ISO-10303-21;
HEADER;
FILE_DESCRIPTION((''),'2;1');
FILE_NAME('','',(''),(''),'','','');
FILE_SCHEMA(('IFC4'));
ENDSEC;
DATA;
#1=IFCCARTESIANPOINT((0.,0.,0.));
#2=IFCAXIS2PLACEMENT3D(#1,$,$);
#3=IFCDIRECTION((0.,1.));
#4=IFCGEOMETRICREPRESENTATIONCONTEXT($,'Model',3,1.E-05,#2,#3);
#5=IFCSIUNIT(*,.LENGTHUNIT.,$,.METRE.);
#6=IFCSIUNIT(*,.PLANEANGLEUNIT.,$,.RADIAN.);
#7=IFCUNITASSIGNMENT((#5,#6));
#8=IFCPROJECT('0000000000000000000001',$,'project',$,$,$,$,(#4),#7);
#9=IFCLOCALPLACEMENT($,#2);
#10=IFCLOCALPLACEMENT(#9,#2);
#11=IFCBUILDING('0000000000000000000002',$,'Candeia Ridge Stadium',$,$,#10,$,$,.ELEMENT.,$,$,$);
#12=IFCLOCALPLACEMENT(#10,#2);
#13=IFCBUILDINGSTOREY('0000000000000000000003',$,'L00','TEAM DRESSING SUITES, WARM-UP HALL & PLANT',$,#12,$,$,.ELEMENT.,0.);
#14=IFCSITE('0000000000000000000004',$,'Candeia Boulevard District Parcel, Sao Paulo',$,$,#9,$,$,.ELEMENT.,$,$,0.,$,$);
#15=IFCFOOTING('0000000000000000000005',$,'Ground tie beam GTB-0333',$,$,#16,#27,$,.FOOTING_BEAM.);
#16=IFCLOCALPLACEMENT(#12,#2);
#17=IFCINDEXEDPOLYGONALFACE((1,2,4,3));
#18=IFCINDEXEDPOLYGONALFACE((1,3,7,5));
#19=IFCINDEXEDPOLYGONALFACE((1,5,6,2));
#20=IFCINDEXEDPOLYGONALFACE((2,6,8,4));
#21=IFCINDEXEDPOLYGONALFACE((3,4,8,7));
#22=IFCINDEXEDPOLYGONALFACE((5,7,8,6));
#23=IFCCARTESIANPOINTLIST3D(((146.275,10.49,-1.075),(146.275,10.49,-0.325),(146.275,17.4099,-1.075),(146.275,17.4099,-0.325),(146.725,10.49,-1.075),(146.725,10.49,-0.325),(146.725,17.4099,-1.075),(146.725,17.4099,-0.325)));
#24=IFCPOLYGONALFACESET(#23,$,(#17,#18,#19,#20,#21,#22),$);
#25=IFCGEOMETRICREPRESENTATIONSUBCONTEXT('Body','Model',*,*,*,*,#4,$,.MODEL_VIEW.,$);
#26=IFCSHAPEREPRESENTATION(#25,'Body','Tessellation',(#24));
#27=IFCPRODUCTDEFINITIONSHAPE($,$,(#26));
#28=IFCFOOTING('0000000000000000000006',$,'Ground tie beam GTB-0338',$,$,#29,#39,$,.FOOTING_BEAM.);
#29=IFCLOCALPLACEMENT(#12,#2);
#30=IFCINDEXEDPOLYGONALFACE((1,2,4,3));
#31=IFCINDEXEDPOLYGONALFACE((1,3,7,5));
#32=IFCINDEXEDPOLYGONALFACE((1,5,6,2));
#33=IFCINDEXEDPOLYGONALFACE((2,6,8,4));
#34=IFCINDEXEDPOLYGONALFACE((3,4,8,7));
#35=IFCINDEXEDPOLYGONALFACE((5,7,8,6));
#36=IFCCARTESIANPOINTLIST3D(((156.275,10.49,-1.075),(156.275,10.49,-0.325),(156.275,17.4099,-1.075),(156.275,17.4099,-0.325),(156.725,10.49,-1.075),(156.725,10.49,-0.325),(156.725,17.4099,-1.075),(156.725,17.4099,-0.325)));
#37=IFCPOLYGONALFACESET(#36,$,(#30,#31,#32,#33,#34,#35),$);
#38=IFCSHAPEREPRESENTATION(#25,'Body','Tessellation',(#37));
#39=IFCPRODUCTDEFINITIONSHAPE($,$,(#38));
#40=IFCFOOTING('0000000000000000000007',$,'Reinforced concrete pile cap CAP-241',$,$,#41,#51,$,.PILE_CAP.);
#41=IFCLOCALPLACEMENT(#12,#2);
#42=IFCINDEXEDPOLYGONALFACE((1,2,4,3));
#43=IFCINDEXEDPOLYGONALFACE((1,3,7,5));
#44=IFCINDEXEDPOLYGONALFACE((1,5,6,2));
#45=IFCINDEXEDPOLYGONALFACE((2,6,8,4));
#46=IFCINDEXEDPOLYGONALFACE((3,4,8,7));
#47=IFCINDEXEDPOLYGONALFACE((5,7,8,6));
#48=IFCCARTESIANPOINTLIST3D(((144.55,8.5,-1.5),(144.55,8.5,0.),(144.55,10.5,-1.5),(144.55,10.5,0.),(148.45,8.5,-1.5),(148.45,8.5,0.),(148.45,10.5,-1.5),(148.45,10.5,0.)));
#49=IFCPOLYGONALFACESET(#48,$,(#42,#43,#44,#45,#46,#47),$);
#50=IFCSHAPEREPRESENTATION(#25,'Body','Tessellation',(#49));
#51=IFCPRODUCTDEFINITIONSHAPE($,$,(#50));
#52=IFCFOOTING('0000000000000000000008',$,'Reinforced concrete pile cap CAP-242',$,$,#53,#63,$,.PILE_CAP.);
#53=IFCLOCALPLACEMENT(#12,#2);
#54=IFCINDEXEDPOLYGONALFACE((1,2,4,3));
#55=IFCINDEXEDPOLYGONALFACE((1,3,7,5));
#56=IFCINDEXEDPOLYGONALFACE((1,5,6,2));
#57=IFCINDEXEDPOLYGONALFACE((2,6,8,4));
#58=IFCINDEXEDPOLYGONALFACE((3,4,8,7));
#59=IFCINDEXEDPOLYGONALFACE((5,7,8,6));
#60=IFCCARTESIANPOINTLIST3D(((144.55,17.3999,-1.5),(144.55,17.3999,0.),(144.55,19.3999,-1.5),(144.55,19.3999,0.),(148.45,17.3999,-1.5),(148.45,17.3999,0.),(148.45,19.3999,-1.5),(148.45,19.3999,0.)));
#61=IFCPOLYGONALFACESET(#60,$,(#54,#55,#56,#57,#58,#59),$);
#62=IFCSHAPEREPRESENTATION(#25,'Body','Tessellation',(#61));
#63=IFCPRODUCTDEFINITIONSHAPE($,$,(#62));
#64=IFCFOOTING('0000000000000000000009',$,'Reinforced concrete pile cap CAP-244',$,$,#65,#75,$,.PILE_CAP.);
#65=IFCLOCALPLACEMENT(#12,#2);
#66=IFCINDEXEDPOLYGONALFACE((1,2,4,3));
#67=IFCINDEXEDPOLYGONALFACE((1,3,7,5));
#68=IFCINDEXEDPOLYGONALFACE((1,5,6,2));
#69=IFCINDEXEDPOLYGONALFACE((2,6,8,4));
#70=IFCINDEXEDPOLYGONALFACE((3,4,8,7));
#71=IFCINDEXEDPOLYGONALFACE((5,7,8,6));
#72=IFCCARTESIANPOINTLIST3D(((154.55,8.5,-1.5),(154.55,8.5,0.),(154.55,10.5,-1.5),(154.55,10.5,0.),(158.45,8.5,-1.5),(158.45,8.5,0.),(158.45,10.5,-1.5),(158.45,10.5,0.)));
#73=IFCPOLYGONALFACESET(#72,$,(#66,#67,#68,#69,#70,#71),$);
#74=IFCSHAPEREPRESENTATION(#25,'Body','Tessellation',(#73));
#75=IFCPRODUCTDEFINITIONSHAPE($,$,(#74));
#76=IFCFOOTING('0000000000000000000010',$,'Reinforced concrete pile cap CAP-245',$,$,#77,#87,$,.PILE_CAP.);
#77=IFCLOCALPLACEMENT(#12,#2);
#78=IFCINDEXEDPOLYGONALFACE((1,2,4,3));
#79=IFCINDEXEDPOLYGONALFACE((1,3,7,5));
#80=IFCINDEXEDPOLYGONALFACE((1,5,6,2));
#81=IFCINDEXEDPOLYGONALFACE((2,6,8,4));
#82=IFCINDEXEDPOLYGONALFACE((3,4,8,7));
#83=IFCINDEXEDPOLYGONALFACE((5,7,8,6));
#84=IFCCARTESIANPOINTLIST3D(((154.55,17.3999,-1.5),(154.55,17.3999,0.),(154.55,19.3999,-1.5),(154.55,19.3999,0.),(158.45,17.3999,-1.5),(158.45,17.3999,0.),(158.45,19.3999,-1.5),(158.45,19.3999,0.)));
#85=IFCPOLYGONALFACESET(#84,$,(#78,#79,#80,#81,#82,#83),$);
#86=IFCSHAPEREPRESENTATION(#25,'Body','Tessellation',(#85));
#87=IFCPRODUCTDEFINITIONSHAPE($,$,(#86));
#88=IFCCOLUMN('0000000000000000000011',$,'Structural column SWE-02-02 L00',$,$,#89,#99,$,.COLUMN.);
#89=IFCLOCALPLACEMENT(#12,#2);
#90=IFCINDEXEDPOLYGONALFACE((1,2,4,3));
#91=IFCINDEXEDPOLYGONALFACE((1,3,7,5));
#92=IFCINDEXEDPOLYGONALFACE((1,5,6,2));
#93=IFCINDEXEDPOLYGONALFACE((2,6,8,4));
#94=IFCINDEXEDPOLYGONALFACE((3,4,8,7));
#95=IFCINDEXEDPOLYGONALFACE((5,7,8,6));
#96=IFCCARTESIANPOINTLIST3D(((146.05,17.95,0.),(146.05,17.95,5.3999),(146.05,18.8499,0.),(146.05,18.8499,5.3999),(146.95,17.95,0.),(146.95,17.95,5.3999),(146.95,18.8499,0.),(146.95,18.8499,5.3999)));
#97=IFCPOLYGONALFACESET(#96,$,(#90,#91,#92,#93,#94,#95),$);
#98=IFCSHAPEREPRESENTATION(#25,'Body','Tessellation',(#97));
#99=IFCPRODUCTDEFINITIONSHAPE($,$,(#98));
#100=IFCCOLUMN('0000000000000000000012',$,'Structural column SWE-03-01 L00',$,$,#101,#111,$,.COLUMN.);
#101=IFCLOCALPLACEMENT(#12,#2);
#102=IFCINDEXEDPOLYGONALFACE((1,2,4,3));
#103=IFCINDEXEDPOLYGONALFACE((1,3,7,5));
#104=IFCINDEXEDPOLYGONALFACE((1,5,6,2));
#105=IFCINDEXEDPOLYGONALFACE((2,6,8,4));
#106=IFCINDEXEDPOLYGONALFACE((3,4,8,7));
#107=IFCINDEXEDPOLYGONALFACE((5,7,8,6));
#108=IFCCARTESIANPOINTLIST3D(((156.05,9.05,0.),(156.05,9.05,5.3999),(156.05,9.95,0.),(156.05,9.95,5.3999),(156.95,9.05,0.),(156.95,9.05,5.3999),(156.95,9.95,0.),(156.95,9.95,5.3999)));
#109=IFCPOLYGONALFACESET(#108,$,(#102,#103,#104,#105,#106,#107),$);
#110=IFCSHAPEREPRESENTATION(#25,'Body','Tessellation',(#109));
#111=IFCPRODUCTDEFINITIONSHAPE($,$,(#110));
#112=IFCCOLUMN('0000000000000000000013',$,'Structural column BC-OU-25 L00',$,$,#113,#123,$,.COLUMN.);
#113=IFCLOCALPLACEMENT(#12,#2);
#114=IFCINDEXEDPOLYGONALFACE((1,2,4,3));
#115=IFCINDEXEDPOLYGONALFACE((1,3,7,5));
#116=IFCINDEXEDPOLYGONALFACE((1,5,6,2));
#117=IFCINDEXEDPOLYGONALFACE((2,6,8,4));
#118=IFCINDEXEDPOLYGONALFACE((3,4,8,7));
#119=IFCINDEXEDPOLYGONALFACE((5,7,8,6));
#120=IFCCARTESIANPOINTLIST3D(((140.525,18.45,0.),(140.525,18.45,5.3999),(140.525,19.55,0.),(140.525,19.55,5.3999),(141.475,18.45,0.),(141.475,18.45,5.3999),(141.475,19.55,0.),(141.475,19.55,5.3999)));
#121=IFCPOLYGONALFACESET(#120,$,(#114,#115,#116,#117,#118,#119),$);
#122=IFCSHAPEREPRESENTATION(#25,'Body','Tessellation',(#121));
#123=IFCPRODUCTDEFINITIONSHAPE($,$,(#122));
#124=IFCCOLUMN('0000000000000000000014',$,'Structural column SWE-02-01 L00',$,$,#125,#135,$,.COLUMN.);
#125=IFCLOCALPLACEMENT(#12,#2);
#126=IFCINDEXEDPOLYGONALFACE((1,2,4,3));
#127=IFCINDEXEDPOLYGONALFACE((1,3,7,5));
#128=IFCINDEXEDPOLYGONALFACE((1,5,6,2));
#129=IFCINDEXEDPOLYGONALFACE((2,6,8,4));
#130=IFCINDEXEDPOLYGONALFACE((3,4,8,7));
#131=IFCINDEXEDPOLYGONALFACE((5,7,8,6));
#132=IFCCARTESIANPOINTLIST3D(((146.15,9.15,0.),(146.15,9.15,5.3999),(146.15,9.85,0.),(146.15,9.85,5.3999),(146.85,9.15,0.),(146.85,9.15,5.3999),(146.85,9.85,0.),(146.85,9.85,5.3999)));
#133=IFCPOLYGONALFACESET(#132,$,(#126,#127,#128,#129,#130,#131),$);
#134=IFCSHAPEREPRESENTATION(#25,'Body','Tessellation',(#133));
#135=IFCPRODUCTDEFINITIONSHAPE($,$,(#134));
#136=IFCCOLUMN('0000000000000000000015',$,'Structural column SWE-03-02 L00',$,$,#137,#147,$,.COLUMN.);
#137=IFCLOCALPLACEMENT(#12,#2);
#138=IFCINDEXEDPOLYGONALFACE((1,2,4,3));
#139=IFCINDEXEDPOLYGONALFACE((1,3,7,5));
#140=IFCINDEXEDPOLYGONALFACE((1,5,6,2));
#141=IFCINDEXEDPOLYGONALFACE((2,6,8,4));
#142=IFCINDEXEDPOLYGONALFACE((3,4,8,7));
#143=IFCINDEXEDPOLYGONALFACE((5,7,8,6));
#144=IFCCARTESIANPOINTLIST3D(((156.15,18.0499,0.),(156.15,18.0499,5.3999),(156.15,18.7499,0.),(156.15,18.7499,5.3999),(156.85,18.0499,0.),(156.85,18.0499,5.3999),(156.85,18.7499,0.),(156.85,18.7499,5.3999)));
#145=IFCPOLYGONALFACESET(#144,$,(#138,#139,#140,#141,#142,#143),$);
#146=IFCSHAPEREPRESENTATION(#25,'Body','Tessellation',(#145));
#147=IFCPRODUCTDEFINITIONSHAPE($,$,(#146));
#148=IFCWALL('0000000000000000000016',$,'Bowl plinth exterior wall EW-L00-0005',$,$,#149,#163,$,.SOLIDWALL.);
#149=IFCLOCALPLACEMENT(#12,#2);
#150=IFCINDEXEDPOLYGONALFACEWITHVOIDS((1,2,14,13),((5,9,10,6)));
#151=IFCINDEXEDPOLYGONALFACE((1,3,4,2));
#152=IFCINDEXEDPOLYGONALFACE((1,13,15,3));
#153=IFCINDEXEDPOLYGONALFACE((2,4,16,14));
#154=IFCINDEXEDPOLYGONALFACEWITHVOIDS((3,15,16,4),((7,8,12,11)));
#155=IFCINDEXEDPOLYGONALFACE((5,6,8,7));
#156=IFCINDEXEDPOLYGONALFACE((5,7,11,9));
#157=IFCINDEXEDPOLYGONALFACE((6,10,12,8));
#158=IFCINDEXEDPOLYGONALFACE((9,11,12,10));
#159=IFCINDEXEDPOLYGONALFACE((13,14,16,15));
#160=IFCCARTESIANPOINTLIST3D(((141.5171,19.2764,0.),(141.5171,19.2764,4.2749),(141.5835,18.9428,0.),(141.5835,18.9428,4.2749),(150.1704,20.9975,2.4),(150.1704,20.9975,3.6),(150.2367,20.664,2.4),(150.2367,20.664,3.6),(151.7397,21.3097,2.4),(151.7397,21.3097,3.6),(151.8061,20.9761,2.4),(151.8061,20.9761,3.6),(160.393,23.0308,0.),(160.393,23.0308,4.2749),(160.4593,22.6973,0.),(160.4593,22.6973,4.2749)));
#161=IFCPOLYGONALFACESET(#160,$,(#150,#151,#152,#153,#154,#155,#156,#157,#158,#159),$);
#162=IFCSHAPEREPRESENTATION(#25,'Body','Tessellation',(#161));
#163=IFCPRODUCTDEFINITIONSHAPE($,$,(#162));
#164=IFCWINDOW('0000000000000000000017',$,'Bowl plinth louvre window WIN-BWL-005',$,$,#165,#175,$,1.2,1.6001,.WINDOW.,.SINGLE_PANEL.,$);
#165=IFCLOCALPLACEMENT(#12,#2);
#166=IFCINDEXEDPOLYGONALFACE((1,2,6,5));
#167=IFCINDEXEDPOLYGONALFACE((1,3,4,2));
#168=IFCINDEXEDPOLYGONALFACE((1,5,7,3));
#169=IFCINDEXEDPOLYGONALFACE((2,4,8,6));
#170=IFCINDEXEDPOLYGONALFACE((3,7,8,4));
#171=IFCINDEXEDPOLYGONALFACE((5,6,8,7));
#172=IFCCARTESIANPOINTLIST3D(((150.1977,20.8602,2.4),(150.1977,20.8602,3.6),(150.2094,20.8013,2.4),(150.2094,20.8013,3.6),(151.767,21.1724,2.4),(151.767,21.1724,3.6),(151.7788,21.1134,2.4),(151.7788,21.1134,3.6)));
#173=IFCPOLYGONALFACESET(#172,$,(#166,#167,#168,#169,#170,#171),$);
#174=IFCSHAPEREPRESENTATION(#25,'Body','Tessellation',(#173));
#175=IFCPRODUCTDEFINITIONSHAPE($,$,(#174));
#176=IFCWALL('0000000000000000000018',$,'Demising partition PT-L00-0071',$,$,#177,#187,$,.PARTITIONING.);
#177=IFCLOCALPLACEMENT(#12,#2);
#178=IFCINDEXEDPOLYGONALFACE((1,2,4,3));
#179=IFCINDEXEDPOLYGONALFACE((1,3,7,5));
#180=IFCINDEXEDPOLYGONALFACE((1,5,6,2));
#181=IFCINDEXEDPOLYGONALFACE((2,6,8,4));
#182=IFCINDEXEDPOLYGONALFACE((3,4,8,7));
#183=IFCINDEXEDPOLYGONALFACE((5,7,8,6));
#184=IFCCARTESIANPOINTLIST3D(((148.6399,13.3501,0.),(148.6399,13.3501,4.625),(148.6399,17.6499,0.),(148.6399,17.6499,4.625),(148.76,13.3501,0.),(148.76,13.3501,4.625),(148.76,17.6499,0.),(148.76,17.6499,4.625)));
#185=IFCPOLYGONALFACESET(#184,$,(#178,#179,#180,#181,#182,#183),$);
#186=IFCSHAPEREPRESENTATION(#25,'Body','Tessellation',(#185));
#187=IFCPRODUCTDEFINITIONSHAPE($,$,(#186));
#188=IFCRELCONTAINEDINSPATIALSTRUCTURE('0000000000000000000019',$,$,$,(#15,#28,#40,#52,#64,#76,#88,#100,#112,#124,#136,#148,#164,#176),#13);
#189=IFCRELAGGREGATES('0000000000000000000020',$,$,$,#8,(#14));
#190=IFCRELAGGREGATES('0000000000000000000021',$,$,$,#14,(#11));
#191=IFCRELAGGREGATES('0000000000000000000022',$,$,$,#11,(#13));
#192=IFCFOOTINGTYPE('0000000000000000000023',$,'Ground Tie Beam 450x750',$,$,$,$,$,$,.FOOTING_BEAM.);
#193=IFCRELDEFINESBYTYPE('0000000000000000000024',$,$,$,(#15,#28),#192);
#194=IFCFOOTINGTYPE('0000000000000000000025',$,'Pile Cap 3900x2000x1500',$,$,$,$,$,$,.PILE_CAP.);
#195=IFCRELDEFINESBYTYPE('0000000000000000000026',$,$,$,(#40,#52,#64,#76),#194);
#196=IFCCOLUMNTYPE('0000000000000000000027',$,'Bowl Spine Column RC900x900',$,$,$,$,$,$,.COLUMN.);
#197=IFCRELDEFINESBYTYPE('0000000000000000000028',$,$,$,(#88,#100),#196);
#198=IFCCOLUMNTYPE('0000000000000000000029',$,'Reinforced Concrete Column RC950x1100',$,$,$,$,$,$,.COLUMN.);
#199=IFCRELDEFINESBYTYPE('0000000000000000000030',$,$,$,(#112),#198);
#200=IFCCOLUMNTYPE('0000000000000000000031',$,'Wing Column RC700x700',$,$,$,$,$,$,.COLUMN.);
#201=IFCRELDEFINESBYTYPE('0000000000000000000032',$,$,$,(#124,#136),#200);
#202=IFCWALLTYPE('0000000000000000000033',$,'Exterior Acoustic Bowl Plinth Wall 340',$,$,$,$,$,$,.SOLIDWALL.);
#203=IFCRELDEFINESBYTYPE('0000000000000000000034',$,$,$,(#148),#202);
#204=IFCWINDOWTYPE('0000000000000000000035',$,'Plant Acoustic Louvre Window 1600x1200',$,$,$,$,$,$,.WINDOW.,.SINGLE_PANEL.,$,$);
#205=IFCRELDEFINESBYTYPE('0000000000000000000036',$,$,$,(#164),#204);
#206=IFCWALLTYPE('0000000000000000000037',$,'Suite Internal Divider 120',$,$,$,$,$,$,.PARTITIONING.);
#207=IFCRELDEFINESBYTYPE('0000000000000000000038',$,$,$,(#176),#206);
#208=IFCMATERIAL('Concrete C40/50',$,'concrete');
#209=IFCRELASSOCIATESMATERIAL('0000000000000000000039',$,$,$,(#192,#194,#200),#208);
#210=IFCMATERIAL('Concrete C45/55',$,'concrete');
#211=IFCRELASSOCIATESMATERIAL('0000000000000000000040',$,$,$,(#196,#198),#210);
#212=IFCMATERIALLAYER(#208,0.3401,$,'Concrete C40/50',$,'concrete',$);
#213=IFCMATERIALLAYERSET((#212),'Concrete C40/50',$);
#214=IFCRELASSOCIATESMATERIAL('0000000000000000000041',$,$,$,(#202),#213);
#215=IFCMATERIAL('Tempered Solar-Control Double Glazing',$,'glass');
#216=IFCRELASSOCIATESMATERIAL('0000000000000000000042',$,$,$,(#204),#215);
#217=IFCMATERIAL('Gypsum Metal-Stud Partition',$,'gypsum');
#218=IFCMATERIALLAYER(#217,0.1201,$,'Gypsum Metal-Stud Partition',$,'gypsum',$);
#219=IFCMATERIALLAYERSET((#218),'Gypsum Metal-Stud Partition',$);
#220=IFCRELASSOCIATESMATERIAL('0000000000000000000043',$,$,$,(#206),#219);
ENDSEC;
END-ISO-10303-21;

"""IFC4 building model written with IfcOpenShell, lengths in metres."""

from ifc_helpers import new_model, si_unit, direction, frame, frame_2d, origin, origin_2d, place, context, subcontext, project, spatial, rectangle, extrude, material, layer, layer_set, material_profile, profile_set, type_object, element, fill, save


model = new_model("IFC4")

# Units and contexts
model_context = context("Model", 3, precision=1e-05, world=origin(), true_north=direction((0.0, 1.0)))
body_context = subcontext(model_context, "Body", "Model", "MODEL_VIEW")
ifc_project = project(units=[si_unit("LENGTHUNIT", "METRE"), si_unit("PLANEANGLEUNIT", "RADIAN")], contexts=[model_context])

# Site, building, storey
site_placement = place(None, origin())
site = spatial("IfcSite", under=ifc_project, at=site_placement, Name="Candeia Boulevard District Parcel, Sao Paulo", CompositionType="ELEMENT", RefElevation=0.0)
building_placement = place(site_placement, origin())
building = spatial("IfcBuilding", under=site, at=building_placement, Name="Candeia Ridge Stadium", CompositionType="ELEMENT")
storey_placement = place(building_placement, origin())
storey = spatial("IfcBuildingStorey", under=building, at=storey_placement, Name="L00", Description="TEAM DRESSING SUITES, WARM-UP HALL & PLANT", CompositionType="ELEMENT", Elevation=0.0)

# Shared definitions
ifc_material_1 = material(Name="Concrete C40/50", Category="concrete")

# Footings
footing_type_1 = type_object("IfcFootingType", Name="Ground Tie Beam 450x750", PredefinedType="FOOTING_BEAM", material=ifc_material_1)
for number, where, z_axis, x_axis, name in (
    (1, (146.5, 13.95, -1.075), (0.0, 0.0, 1.0), (0.0, 1.0, 0.0), "Ground tie beam GTB-0333"),
    (2, (156.5, 13.95, -1.075), (0.0, 0.0, 1.0), (0.0, 1.0, 0.0), "Ground tie beam GTB-0338"),
):
    element("IfcFooting", number, at=place(storey_placement, frame(where, z_axis=z_axis, x_axis=x_axis)), inside=storey, type_object=footing_type_1, Name=name, PredefinedType="FOOTING_BEAM", context=body_context, shape_type="SweptSolid", body=[
        extrude(rectangle(XDim=6.9199, YDim=0.45, at=origin_2d()), origin(), (0.0, 0.0, 1.0), 0.75),
    ])
footing_type_2 = type_object("IfcFootingType", Name="Pile Cap 3900x2000x1500", PredefinedType="PILE_CAP", material=ifc_material_1)
for number, where, z_axis, x_axis, name in (
    (3, (146.5, 9.5, -1.5), (0.0, 0.0, 1.0), (1.0, 0.0, 0.0), "Reinforced concrete pile cap CAP-241"),
    (4, (146.5, 18.3999, -1.5), (0.0, 0.0, 1.0), (1.0, 0.0, 0.0), "Reinforced concrete pile cap CAP-242"),
    (5, (156.5, 9.5, -1.5), (0.0, 0.0, 1.0), (1.0, 0.0, 0.0), "Reinforced concrete pile cap CAP-244"),
    (6, (156.5, 18.3999, -1.5), (0.0, 0.0, 1.0), (1.0, 0.0, 0.0), "Reinforced concrete pile cap CAP-245"),
):
    element("IfcFooting", number, at=place(storey_placement, frame(where, z_axis=z_axis, x_axis=x_axis)), inside=storey, type_object=footing_type_2, Name=name, PredefinedType="PILE_CAP", context=body_context, shape_type="SweptSolid", body=[
        extrude(rectangle(XDim=3.8999, YDim=2.0, at=origin_2d()), origin(), (0.0, 0.0, 1.0), 1.5),
    ])

# Columns
ifc_material_2 = material(Name="Concrete C45/55", Category="concrete")
ifc_material_profile_1 = material_profile(ifc_material_2, rectangle(XDim=0.8999, YDim=0.8999, at=origin_2d()), Name="RC900x900", Category="concrete")
ifc_profile_set_1 = profile_set([ifc_material_profile_1], Name="Concrete C45/55")
column_type_1 = type_object("IfcColumnType", Name="Bowl Spine Column RC900x900", PredefinedType="COLUMN", material=ifc_profile_set_1)
for number, where, z_axis, x_axis, name in (
    (7, (146.5, 18.3999, 0.0), (0.0, 0.0, 1.0), (1.0, 0.0, 0.0), "Structural column SWE-02-02 L00"),
    (8, (156.5, 9.5, 0.0), (0.0, 0.0, 1.0), (1.0, 0.0, 0.0), "Structural column SWE-03-01 L00"),
):
    element("IfcColumn", number, at=place(storey_placement, frame(where, z_axis=z_axis, x_axis=x_axis)), inside=storey, type_object=column_type_1, Name=name, PredefinedType="COLUMN", context=body_context, shape_type="SweptSolid", body=[
        extrude(rectangle(XDim=0.8999, YDim=0.8999, at=origin_2d()), origin(), (0.0, 0.0, 1.0), 5.3999),
    ])
ifc_material_profile_2 = material_profile(ifc_material_2, rectangle(XDim=0.95, YDim=1.1001, at=origin_2d()), Name="RC950x1100", Category="concrete")
ifc_profile_set_2 = profile_set([ifc_material_profile_2], Name="Concrete C45/55")
column_type_2 = type_object("IfcColumnType", Name="Reinforced Concrete Column RC950x1100", PredefinedType="COLUMN", material=ifc_profile_set_2)
column_placement = place(storey_placement, frame((141.0, 19.0, 0.0), z_axis=(0.0, 0.0, 1.0), x_axis=(1.0, 0.0, 0.0)))
element("IfcColumn", 9, at=column_placement, inside=storey, type_object=column_type_2, Name="Structural column BC-OU-25 L00", PredefinedType="COLUMN", context=body_context, shape_type="SweptSolid", body=[
    extrude(rectangle(XDim=0.95, YDim=1.1001, at=origin_2d()), origin(), (0.0, 0.0, 1.0), 5.3999),
])
ifc_material_profile_3 = material_profile(ifc_material_1, rectangle(XDim=0.7, YDim=0.7, at=origin_2d()), Name="RC700x700", Category="concrete")
ifc_profile_set_3 = profile_set([ifc_material_profile_3], Name="Concrete C40/50")
column_type_3 = type_object("IfcColumnType", Name="Wing Column RC700x700", PredefinedType="COLUMN", material=ifc_profile_set_3)
for number, where, z_axis, x_axis, name in (
    (10, (146.5, 9.5, 0.0), (0.0, 0.0, 1.0), (1.0, 0.0, 0.0), "Structural column SWE-02-01 L00"),
    (11, (156.5, 18.3999, 0.0), (0.0, 0.0, 1.0), (1.0, 0.0, 0.0), "Structural column SWE-03-02 L00"),
):
    element("IfcColumn", number, at=place(storey_placement, frame(where, z_axis=z_axis, x_axis=x_axis)), inside=storey, type_object=column_type_3, Name=name, PredefinedType="COLUMN", context=body_context, shape_type="SweptSolid", body=[
        extrude(rectangle(XDim=0.7, YDim=0.7, at=origin_2d()), origin(), (0.0, 0.0, 1.0), 5.3999),
    ])

# Wall, opening, window
ifc_layer_1 = layer(ifc_material_1, 0.3401, Name="Concrete C40/50", Category="concrete")
ifc_layer_set_1 = layer_set([ifc_layer_1], Name="Concrete C40/50")
wall_type_1 = type_object("IfcWallType", Name="Exterior Acoustic Bowl Plinth Wall 340", PredefinedType="SOLIDWALL", material=ifc_layer_set_1)
wall_1_placement = place(storey_placement, frame((141.5503, 19.1096, 0.0), z_axis=(0.0, 0.0, 1.0), x_axis=(0.980787, 0.195079, 0.0)))
wall_1 = element("IfcWall", 12, at=wall_1_placement, inside=storey, type_object=wall_type_1, Name="Bowl plinth exterior wall EW-L00-0005", PredefinedType="SOLIDWALL", context=body_context, shape_type="SweptSolid", body=[
    extrude(rectangle(XDim=19.2456, YDim=0.3401, at=frame_2d((9.6228, 0.0))), origin(), (0.0, 0.0, 1.0), 4.2749),
])
opening_placement = place(wall_1_placement, frame((8.8228, 0.0, 2.3999)))
opening = element("IfcOpeningElement", 13, at=opening_placement, cuts=wall_1, PredefinedType="OPENING", context=body_context, shape_type="SweptSolid", body=[
    extrude(rectangle(XDim=1.6001, YDim=1.2, at=frame_2d((0.8, 0.6001))), frame((0.0, 0.1799, 0.0), z_axis=(0.0, -1.0, 0.0), x_axis=(1.0, 0.0, 0.0)), (0.0, 0.0, 1.0), 0.3601),
])
ifc_material_3 = material(Name="Tempered Solar-Control Double Glazing", Category="glass")
window_type = type_object("IfcWindowType", Name="Plant Acoustic Louvre Window 1600x1200", PartitioningType="SINGLE_PANEL", PredefinedType="WINDOW", material=ifc_material_3)
window_placement = place(opening_placement, origin())
window = element("IfcWindow", 14, at=window_placement, inside=storey, type_object=window_type, Name="Bowl plinth louvre window WIN-BWL-005", OverallHeight=1.2, OverallWidth=1.6001, PartitioningType="SINGLE_PANEL", PredefinedType="WINDOW", context=body_context, shape_type="SweptSolid", body=[
    extrude(rectangle(XDim=1.6001, YDim=1.2, at=frame_2d((0.8, 0.6001))), frame((0.0, 0.03, 0.0), z_axis=(0.0, -1.0, 0.0), x_axis=(1.0, 0.0, 0.0)), (0.0, 0.0, 1.0), 0.0601),
])
fill(opening, window)

# Wall
ifc_material_4 = material(Name="Gypsum Metal-Stud Partition", Category="gypsum")
ifc_layer_2 = layer(ifc_material_4, 0.1201, Name="Gypsum Metal-Stud Partition", Category="gypsum")
ifc_layer_set_2 = layer_set([ifc_layer_2], Name="Gypsum Metal-Stud Partition")
wall_type_2 = type_object("IfcWallType", Name="Suite Internal Divider 120", PredefinedType="PARTITIONING", material=ifc_layer_set_2)
wall_2_placement = place(storey_placement, frame((148.7, 13.3501, 0.0), z_axis=(0.0, 0.0, 1.0), x_axis=(0.0, 1.0, 0.0)))
element("IfcWall", 15, at=wall_2_placement, inside=storey, type_object=wall_type_2, Name="Demising partition PT-L00-0071", PredefinedType="PARTITIONING", context=body_context, shape_type="SweptSolid", body=[
    extrude(rectangle(XDim=4.2998, YDim=0.1201, at=frame_2d((2.1499, 0.0))), origin(), (0.0, 0.0, 1.0), 4.625),
])

save(model, "model.ifc")
